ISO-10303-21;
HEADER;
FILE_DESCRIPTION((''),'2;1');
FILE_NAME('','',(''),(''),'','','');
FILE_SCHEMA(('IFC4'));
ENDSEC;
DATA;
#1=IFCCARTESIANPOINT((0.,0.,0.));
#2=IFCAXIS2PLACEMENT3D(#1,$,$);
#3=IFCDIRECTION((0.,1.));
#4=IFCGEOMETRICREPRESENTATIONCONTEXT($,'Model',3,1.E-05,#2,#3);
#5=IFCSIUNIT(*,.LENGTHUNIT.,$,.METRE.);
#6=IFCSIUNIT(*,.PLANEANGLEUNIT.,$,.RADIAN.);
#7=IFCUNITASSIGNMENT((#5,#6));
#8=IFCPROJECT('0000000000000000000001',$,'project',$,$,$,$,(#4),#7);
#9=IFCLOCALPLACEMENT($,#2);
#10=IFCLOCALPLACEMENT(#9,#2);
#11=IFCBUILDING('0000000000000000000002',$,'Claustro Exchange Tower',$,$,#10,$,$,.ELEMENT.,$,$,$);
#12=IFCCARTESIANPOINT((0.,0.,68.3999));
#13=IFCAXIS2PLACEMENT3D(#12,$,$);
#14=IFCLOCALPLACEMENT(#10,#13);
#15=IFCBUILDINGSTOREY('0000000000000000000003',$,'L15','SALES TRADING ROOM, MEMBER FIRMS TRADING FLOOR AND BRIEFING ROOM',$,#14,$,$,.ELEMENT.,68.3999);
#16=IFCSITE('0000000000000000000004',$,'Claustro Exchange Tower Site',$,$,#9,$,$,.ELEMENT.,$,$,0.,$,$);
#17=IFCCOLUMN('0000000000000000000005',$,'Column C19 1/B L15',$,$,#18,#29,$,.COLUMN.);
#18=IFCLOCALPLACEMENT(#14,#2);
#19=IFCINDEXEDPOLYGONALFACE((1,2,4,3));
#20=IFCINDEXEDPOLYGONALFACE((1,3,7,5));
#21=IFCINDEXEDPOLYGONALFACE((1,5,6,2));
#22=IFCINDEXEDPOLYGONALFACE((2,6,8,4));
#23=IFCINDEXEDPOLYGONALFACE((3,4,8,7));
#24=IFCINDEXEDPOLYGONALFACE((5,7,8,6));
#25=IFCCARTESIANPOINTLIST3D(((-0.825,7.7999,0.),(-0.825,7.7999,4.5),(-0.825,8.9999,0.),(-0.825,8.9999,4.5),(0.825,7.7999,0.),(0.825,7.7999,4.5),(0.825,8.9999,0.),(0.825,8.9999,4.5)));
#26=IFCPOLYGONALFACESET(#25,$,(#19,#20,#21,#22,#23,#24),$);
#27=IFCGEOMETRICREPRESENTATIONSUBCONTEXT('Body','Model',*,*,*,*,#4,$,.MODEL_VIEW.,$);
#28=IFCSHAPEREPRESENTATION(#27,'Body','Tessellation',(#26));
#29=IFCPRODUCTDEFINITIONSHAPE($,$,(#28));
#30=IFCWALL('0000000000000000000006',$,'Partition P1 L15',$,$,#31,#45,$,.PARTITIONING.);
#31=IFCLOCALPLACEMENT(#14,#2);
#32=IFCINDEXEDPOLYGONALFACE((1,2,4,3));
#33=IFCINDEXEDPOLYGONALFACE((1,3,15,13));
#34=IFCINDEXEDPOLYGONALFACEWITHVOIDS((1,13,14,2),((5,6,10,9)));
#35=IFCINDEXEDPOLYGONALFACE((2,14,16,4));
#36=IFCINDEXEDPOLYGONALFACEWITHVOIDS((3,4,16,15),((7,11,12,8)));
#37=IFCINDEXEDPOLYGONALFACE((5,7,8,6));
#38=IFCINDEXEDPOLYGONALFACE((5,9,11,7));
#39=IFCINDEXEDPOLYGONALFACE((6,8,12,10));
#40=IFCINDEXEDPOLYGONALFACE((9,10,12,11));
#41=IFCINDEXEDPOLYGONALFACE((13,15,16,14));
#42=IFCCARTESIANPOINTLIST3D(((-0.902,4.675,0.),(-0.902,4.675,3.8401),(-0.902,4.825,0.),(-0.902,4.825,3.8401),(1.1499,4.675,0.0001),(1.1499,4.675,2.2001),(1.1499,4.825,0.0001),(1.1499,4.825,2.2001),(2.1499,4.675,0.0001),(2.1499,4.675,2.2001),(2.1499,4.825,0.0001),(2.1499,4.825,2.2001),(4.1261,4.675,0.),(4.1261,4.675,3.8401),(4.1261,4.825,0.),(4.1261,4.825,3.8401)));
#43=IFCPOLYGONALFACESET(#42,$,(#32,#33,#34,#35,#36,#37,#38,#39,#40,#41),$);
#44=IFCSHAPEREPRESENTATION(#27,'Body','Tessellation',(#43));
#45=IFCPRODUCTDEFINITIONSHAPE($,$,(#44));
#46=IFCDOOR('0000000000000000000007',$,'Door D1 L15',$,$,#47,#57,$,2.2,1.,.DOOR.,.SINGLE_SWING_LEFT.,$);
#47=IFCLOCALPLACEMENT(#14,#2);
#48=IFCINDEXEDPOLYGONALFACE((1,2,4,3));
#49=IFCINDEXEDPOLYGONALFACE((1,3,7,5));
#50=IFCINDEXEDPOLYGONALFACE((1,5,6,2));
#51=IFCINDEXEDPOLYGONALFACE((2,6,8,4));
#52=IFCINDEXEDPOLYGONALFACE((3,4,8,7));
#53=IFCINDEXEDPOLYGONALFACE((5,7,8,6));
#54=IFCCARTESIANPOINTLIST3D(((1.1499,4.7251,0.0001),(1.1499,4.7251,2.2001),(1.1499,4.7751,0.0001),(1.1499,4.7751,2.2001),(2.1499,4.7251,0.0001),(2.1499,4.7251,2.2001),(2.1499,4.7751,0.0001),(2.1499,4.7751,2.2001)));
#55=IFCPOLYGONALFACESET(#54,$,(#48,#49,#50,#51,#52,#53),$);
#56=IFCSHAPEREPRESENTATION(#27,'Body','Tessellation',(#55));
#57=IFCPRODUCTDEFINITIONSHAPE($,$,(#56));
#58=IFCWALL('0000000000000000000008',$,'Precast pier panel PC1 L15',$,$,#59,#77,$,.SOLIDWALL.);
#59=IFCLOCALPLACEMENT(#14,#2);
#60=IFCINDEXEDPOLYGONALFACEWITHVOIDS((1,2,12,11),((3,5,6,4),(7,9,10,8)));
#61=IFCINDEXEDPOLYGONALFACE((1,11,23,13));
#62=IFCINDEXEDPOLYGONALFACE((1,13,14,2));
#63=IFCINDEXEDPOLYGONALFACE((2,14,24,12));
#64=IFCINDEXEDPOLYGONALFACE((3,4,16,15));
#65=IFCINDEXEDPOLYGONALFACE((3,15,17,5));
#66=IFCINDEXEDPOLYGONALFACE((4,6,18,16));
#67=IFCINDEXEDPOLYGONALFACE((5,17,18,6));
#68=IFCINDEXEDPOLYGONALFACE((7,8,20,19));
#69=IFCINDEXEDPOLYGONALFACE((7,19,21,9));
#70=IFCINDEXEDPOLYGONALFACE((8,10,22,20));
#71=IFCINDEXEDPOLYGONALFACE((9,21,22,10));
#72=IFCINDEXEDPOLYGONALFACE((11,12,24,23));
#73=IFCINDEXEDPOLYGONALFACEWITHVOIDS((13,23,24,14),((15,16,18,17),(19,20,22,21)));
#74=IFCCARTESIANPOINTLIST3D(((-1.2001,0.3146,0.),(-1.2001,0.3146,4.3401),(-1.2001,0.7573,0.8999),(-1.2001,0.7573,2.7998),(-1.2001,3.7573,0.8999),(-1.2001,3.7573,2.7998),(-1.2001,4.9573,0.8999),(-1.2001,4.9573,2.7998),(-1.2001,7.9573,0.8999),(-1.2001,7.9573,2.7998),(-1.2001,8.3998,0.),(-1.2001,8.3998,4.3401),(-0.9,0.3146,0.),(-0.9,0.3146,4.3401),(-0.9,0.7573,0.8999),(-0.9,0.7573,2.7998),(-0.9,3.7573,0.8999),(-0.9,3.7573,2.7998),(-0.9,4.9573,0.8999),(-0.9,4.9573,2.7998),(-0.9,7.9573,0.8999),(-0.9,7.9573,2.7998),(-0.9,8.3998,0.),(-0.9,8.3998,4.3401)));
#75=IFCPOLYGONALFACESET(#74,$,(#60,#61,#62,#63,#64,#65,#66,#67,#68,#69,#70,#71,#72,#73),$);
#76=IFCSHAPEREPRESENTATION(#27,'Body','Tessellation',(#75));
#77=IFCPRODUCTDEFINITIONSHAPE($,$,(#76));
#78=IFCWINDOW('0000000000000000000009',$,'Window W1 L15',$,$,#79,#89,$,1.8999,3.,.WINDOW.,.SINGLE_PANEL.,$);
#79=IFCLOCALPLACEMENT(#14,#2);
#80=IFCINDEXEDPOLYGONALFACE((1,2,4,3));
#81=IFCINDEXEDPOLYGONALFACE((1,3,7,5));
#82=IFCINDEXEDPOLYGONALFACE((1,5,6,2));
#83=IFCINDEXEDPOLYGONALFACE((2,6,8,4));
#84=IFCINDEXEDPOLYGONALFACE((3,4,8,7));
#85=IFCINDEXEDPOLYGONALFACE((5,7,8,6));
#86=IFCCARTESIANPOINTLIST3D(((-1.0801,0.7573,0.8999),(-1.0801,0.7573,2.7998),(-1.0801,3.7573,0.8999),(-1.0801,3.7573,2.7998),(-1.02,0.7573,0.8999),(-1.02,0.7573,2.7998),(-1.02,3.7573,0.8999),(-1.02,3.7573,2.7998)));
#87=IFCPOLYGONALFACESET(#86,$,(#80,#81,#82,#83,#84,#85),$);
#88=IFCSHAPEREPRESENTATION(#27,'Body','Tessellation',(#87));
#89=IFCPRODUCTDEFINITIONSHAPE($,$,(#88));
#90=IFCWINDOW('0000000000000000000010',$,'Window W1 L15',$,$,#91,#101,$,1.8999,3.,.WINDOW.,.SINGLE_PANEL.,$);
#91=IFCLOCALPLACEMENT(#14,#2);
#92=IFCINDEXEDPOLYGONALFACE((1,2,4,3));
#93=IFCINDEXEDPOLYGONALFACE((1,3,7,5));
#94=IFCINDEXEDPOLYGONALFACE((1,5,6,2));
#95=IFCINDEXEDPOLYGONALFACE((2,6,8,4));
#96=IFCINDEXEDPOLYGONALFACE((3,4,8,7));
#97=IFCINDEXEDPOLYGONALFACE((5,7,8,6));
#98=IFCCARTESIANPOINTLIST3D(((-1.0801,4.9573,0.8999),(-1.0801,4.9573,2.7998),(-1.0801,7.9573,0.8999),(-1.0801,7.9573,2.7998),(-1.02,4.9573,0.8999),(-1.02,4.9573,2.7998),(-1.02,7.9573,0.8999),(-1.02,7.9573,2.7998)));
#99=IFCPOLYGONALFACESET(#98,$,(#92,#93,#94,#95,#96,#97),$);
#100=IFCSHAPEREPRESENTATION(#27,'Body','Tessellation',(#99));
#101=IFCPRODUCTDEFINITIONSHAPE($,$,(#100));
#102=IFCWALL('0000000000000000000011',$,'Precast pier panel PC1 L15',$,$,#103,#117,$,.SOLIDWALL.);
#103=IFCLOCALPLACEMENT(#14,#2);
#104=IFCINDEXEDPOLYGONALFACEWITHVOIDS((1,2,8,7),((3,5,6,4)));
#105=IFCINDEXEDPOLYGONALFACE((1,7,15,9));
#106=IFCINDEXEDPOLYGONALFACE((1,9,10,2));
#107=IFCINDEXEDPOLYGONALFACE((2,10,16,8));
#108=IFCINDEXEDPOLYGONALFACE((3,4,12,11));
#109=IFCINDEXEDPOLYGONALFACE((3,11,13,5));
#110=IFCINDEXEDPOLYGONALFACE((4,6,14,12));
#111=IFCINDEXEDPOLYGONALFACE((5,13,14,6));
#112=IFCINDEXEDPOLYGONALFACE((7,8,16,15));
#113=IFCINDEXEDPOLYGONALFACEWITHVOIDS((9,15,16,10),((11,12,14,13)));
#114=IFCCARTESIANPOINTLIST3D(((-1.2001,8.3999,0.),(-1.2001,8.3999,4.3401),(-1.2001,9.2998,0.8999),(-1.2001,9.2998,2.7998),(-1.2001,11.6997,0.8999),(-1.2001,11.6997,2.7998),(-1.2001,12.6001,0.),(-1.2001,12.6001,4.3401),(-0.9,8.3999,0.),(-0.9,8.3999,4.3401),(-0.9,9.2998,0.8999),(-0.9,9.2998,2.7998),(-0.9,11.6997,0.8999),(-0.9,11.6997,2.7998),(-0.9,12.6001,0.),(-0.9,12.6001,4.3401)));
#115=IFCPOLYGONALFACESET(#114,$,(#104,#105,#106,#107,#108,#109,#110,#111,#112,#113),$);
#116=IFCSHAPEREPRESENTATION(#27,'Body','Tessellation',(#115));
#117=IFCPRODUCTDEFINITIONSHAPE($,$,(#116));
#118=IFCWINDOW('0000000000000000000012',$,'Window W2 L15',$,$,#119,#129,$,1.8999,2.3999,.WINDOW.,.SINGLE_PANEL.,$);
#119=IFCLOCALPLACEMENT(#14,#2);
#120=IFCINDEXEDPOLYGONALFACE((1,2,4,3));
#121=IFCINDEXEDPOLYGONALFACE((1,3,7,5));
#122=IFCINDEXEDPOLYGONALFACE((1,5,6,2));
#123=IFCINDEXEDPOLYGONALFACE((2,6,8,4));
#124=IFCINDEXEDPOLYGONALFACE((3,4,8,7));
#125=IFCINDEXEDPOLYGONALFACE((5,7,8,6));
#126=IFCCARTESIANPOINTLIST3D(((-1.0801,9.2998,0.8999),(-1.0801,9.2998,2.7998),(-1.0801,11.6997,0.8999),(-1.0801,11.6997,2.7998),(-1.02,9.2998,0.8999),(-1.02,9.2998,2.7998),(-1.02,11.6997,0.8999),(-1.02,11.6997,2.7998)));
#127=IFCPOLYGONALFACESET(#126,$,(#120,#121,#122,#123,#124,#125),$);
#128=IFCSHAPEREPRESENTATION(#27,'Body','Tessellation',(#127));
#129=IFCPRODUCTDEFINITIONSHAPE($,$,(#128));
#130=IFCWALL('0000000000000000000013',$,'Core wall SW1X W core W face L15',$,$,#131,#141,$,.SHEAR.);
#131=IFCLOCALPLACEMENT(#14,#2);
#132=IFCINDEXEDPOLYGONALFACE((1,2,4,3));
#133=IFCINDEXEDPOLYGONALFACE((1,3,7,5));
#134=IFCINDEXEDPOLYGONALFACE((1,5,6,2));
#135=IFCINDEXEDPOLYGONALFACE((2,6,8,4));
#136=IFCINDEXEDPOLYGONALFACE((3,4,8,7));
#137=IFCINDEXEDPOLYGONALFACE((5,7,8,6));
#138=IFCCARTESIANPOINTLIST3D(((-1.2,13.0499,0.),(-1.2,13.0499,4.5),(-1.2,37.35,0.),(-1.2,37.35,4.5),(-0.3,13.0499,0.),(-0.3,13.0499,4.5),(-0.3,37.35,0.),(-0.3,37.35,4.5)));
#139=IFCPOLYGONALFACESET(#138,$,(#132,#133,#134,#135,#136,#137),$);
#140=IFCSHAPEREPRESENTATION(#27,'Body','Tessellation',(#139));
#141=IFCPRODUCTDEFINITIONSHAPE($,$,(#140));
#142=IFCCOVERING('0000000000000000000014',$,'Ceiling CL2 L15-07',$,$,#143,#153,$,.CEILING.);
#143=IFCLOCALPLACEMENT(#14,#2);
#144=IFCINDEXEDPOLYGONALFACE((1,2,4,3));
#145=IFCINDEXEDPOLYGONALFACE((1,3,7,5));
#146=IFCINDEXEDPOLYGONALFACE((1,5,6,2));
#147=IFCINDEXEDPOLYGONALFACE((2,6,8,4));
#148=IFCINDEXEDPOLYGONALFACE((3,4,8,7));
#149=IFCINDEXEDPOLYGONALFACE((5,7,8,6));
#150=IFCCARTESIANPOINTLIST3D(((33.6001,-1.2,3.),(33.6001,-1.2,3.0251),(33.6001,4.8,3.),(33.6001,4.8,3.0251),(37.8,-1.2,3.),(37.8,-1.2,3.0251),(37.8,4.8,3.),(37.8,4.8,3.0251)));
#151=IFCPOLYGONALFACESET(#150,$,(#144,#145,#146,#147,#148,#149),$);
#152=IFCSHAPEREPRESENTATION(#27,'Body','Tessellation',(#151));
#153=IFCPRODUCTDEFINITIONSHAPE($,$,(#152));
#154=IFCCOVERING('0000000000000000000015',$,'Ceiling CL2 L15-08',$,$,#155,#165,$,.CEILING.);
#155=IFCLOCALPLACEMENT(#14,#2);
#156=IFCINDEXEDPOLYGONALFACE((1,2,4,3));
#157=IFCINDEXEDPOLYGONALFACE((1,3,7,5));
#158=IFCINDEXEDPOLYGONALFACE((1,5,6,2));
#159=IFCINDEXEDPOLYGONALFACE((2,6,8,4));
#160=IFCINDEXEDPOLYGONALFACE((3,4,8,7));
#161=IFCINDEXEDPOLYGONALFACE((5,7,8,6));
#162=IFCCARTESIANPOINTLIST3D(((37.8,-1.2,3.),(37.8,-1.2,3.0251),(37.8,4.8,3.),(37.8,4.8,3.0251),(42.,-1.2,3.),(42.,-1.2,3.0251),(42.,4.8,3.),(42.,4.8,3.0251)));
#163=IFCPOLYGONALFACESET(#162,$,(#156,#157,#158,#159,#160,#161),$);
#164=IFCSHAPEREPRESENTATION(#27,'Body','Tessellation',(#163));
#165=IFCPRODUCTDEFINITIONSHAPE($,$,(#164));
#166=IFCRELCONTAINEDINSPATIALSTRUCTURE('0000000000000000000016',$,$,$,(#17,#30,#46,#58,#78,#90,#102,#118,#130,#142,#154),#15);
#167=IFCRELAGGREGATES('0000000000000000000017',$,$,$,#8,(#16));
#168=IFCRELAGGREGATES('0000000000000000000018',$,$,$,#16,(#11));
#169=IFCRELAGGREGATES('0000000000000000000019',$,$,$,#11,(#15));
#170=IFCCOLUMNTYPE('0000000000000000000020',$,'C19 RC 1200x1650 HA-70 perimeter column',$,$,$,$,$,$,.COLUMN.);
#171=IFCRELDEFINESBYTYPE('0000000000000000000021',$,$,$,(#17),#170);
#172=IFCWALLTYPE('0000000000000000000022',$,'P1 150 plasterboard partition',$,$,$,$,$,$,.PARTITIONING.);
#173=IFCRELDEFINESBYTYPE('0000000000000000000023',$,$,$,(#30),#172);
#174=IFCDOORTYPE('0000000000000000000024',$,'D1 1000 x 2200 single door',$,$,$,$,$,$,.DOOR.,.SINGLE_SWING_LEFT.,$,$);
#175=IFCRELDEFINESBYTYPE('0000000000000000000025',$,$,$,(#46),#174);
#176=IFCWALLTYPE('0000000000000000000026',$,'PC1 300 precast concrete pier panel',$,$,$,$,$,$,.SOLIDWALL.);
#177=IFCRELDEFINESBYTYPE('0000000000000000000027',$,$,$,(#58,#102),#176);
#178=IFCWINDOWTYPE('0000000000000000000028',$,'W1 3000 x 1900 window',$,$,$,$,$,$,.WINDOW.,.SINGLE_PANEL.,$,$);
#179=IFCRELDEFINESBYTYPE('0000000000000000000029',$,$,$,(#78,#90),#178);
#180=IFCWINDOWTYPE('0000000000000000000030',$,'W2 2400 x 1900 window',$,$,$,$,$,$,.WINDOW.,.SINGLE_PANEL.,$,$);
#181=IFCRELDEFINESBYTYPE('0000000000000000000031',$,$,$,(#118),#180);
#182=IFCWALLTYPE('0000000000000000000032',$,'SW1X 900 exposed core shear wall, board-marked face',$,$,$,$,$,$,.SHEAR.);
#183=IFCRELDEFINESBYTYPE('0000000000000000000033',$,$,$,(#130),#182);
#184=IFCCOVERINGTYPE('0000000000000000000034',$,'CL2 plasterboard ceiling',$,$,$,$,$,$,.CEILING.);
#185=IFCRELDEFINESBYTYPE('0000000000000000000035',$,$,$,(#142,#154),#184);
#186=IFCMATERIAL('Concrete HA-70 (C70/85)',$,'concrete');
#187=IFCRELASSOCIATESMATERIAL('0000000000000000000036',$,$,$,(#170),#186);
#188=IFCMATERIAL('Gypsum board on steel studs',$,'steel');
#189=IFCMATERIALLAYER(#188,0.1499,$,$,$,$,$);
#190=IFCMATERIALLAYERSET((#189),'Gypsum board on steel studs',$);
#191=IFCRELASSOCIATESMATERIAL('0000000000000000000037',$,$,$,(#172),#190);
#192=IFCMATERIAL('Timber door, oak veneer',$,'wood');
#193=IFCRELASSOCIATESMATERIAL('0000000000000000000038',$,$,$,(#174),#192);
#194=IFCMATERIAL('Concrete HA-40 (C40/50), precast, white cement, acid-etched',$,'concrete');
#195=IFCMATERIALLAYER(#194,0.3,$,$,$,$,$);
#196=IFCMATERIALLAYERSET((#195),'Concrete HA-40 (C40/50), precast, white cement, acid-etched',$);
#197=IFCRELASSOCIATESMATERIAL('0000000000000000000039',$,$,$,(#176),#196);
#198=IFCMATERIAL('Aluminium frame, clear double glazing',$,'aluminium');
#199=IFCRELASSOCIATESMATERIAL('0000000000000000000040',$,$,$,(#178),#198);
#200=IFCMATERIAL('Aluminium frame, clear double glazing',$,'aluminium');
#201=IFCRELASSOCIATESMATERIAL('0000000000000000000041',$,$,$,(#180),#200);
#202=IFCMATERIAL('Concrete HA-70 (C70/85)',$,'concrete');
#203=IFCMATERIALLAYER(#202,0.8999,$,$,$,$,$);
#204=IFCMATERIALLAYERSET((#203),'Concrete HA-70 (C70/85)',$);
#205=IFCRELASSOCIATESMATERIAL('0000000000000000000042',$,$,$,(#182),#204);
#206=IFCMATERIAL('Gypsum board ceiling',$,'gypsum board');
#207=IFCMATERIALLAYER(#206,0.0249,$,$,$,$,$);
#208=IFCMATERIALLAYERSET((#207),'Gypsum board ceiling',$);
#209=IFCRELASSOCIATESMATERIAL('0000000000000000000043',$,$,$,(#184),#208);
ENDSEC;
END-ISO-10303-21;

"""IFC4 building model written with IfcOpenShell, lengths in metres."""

from ifc_helpers import new_model, si_unit, direction, frame, frame_2d, origin, origin_2d, place, context, subcontext, project, spatial, polyline, rectangle, outline, extrude, material, layer, layer_set, material_profile, profile_set, type_object, element, fill, save


model = new_model("IFC4")

# Units and contexts
model_context = context("Model", 3, precision=1e-05, world=origin(), true_north=direction((0.0, 1.0)))
body_context = subcontext(model_context, "Body", "Model", "MODEL_VIEW")
ifc_project = project(units=[si_unit("LENGTHUNIT", "METRE"), si_unit("PLANEANGLEUNIT", "RADIAN")], contexts=[model_context])

# Site, building, storey
site_placement = place(None, origin())
site = spatial("IfcSite", under=ifc_project, at=site_placement, Name="Claustro Exchange Tower Site", CompositionType="ELEMENT", RefElevation=0.0)
building_placement = place(site_placement, origin())
building = spatial("IfcBuilding", under=site, at=building_placement, Name="Claustro Exchange Tower", CompositionType="ELEMENT")
storey_placement = place(building_placement, frame((0.0, 0.0, 68.3999)))
storey = spatial("IfcBuildingStorey", under=building, at=storey_placement, Name="L15", Description="SALES TRADING ROOM, MEMBER FIRMS TRADING FLOOR AND BRIEFING ROOM", CompositionType="ELEMENT", Elevation=68.3999)

# Column
ifc_material_1 = material(Name="Concrete HA-70 (C70/85)", Category="concrete")
ifc_material_profile = material_profile(ifc_material_1, rectangle(XDim=1.2, YDim=1.6499, at=origin_2d()), Name="RC 1200x1650")
ifc_profile_set = profile_set([ifc_material_profile], Name="Concrete HA-70 (C70/85)")
column_type = type_object("IfcColumnType", Name="C19 RC 1200x1650 HA-70 perimeter column", PredefinedType="COLUMN", material=ifc_profile_set)
column_placement = place(storey_placement, frame((0.0, 8.3999, 0.0), z_axis=(0.0, 0.0, 1.0), x_axis=(0.0, 1.0, 0.0)))
element("IfcColumn", 1, at=column_placement, inside=storey, type_object=column_type, Name="Column C19 1/B L15", PredefinedType="COLUMN", context=body_context, shape_type="SweptSolid", body=[
    extrude(rectangle(XDim=1.2, YDim=1.6499, at=origin_2d()), origin(), (0.0, 0.0, 1.0), 4.5),
])

# Wall, opening, door
ifc_material_2 = material(Name="Gypsum board on steel studs", Category="steel")
ifc_layer_1 = layer(ifc_material_2, 0.1499)
ifc_layer_set_1 = layer_set([ifc_layer_1], Name="Gypsum board on steel studs")
wall_type_1 = type_object("IfcWallType", Name="P1 150 plasterboard partition", PredefinedType="PARTITIONING", material=ifc_layer_set_1)
wall_1_placement = place(storey_placement, frame((-0.9021, 4.75, 0.0), z_axis=(0.0, 0.0, 1.0), x_axis=(1.0, 0.0, 0.0)))
wall_1 = element("IfcWall", 2, at=wall_1_placement, inside=storey, type_object=wall_type_1, Name="Partition P1 L15", PredefinedType="PARTITIONING", context=body_context, shape_type="SweptSolid", body=[
    extrude(rectangle(XDim=5.0281, YDim=0.1499, at=frame_2d((2.5142, 0.0))), origin(), (0.0, 0.0, 1.0), 3.8401),
])
opening_1_placement = place(wall_1_placement, frame((2.052, 0.0, 0.0)))
opening_1 = element("IfcOpeningElement", 3, at=opening_1_placement, cuts=wall_1, PredefinedType="OPENING", context=body_context, shape_type="SweptSolid", body=[
    extrude(rectangle(XDim=1.0, YDim=2.2, at=frame_2d((0.5, 1.1001))), frame((0.0, 0.085, 0.0), z_axis=(0.0, -1.0, 0.0), x_axis=(1.0, 0.0, 0.0)), (0.0, 0.0, 1.0), 0.1699),
])
ifc_material_3 = material(Name="Timber door, oak veneer", Category="wood")
door_type_1 = type_object("IfcDoorType", Name="D1 1000 x 2200 single door", OperationType="SINGLE_SWING_LEFT", PredefinedType="DOOR", material=ifc_material_3)
door_1_placement = place(opening_1_placement, frame((1.0, 0.0, 0.0), z_axis=(0.0, 0.0, 1.0), x_axis=(-1.0, 0.0, 0.0)))
door_1 = element("IfcDoor", 4, at=door_1_placement, inside=storey, type_object=door_type_1, Name="Door D1 L15", OperationType="SINGLE_SWING_LEFT", OverallHeight=2.2, OverallWidth=1.0, PredefinedType="DOOR", context=body_context, shape_type="SweptSolid", body=[
    extrude(rectangle(XDim=1.0, YDim=2.2, at=frame_2d((0.5, 1.1001))), frame((0.0, 0.0249, 0.0), z_axis=(0.0, -1.0, 0.0), x_axis=(1.0, 0.0, 0.0)), (0.0, 0.0, 1.0), 0.05),
])
fill(opening_1, door_1)

# Wall, openings, windows
ifc_material_4 = material(Name="Concrete HA-40 (C40/50), precast, white cement, acid-etched", Category="concrete")
ifc_layer_2 = layer(ifc_material_4, 0.3)
ifc_layer_set_2 = layer_set([ifc_layer_2], Name="Concrete HA-40 (C40/50), precast, white cement, acid-etched")
wall_type_2 = type_object("IfcWallType", Name="PC1 300 precast concrete pier panel", PredefinedType="SOLIDWALL", material=ifc_layer_set_2)
wall_2_placement = place(storey_placement, frame((-1.05, 0.3147, 0.0), z_axis=(0.0, 0.0, 1.0), x_axis=(0.0, 1.0, 0.0)))
wall_2 = element("IfcWall", 5, at=wall_2_placement, inside=storey, type_object=wall_type_2, Name="Precast pier panel PC1 L15", PredefinedType="SOLIDWALL", context=body_context, shape_type="SweptSolid", body=[
    extrude(rectangle(XDim=8.0852, YDim=0.3, at=frame_2d((4.0425, 0.0))), origin(), (0.0, 0.0, 1.0), 4.3401),
])
opening_2_placement = place(wall_2_placement, frame((0.4426, 0.0, 0.8999)))
opening_2 = element("IfcOpeningElement", 6, at=opening_2_placement, cuts=wall_2, PredefinedType="OPENING", context=body_context, shape_type="SweptSolid", body=[
    extrude(rectangle(XDim=3.0, YDim=1.8999, at=frame_2d((1.5, 0.95))), frame((0.0, 0.1599, 0.0), z_axis=(0.0, -1.0, 0.0), x_axis=(1.0, 0.0, 0.0)), (0.0, 0.0, 1.0), 0.3201),
])
opening_3_placement = place(wall_2_placement, frame((4.6426, 0.0, 0.8999)))
opening_3 = element("IfcOpeningElement", 7, at=opening_3_placement, cuts=wall_2, PredefinedType="OPENING", context=body_context, shape_type="SweptSolid", body=[
    extrude(rectangle(XDim=3.0, YDim=1.8999, at=frame_2d((1.5, 0.95))), frame((0.0, 0.1599, 0.0), z_axis=(0.0, -1.0, 0.0), x_axis=(1.0, 0.0, 0.0)), (0.0, 0.0, 1.0), 0.3201),
])
ifc_material_5 = material(Name="Aluminium frame, clear double glazing", Category="aluminium")
window_type_1 = type_object("IfcWindowType", Name="W1 3000 x 1900 window", PartitioningType="SINGLE_PANEL", PredefinedType="WINDOW", material=ifc_material_5)
window_1_placement = place(opening_2_placement, origin())
window_1 = element("IfcWindow", 8, at=window_1_placement, inside=storey, type_object=window_type_1, Name="Window W1 L15", OverallHeight=1.8999, OverallWidth=3.0, PartitioningType="SINGLE_PANEL", PredefinedType="WINDOW", context=body_context, shape_type="SweptSolid", body=[
    extrude(rectangle(XDim=3.0, YDim=1.8999, at=frame_2d((1.5, 0.95))), frame((0.0, 0.03, 0.0), z_axis=(0.0, -1.0, 0.0), x_axis=(1.0, 0.0, 0.0)), (0.0, 0.0, 1.0), 0.0601),
])
fill(opening_2, window_1)
window_2_placement = place(opening_3_placement, origin())
window_2 = element("IfcWindow", 9, at=window_2_placement, inside=storey, type_object=window_type_1, Name="Window W1 L15", OverallHeight=1.8999, OverallWidth=3.0, PartitioningType="SINGLE_PANEL", PredefinedType="WINDOW", context=body_context, shape_type="SweptSolid", body=[
    extrude(rectangle(XDim=3.0, YDim=1.8999, at=frame_2d((1.5, 0.95))), frame((0.0, 0.03, 0.0), z_axis=(0.0, -1.0, 0.0), x_axis=(1.0, 0.0, 0.0)), (0.0, 0.0, 1.0), 0.0601),
])
fill(opening_3, window_2)

# Wall, opening, window
wall_3_placement = place(storey_placement, frame((-1.05, 8.3999, 0.0), z_axis=(0.0, 0.0, 1.0), x_axis=(0.0, 1.0, 0.0)))
wall_3 = element("IfcWall", 10, at=wall_3_placement, inside=storey, type_object=wall_type_2, Name="Precast pier panel PC1 L15", PredefinedType="SOLIDWALL", context=body_context, shape_type="SweptSolid", body=[
    extrude(rectangle(XDim=4.2002, YDim=0.3, at=frame_2d((2.1001, 0.0))), origin(), (0.0, 0.0, 1.0), 4.3401),
])
opening_4_placement = place(wall_3_placement, frame((0.8999, 0.0, 0.8999)))
opening_4 = element("IfcOpeningElement", 11, at=opening_4_placement, cuts=wall_3, PredefinedType="OPENING", context=body_context, shape_type="SweptSolid", body=[
    extrude(rectangle(XDim=2.3999, YDim=1.8999, at=frame_2d((1.2, 0.95))), frame((0.0, 0.1599, 0.0), z_axis=(0.0, -1.0, 0.0), x_axis=(1.0, 0.0, 0.0)), (0.0, 0.0, 1.0), 0.3201),
])
ifc_material_6 = material(Name="Aluminium frame, clear double glazing", Category="aluminium")
window_type_2 = type_object("IfcWindowType", Name="W2 2400 x 1900 window", PartitioningType="SINGLE_PANEL", PredefinedType="WINDOW", material=ifc_material_6)
window_3_placement = place(opening_4_placement, origin())
window_3 = element("IfcWindow", 12, at=window_3_placement, inside=storey, type_object=window_type_2, Name="Window W2 L15", OverallHeight=1.8999, OverallWidth=2.3999, PartitioningType="SINGLE_PANEL", PredefinedType="WINDOW", context=body_context, shape_type="SweptSolid", body=[
    extrude(rectangle(XDim=2.3999, YDim=1.8999, at=frame_2d((1.2, 0.95))), frame((0.0, 0.03, 0.0), z_axis=(0.0, -1.0, 0.0), x_axis=(1.0, 0.0, 0.0)), (0.0, 0.0, 1.0), 0.0601),
])
fill(opening_4, window_3)

# Wall
ifc_material_7 = material(Name="Concrete HA-70 (C70/85)", Category="concrete")
ifc_layer_3 = layer(ifc_material_7, 0.8999)
ifc_layer_set_3 = layer_set([ifc_layer_3], Name="Concrete HA-70 (C70/85)")
wall_type_3 = type_object("IfcWallType", Name="SW1X 900 exposed core shear wall, board-marked face", PredefinedType="SHEAR", material=ifc_layer_set_3)
wall_4_placement = place(storey_placement, frame((-0.75, 13.05, 0.0), z_axis=(0.0, 0.0, 1.0), x_axis=(0.0, 1.0, 0.0)))
element("IfcWall", 13, at=wall_4_placement, inside=storey, type_object=wall_type_3, Name="Core wall SW1X W core W face L15", PredefinedType="SHEAR", context=body_context, shape_type="SweptSolid", body=[
    extrude(rectangle(XDim=24.3, YDim=0.8999, at=frame_2d((12.1499, 0.0))), origin(), (0.0, 0.0, 1.0), 4.5),
])

# Coverings
ifc_material_8 = material(Name="Gypsum board ceiling", Category="gypsum board")
ifc_layer_4 = layer(ifc_material_8, 0.0249)
ifc_layer_set_4 = layer_set([ifc_layer_4], Name="Gypsum board ceiling")
covering_type_1 = type_object("IfcCoveringType", Name="CL2 plasterboard ceiling", PredefinedType="CEILING", material=ifc_layer_set_4)
covering_1_placement = place(storey_placement, frame((0.0, 0.0, 3.0)))
element("IfcCovering", 14, at=covering_1_placement, inside=storey, type_object=covering_type_1, Name="Ceiling CL2 L15-07", PredefinedType="CEILING", context=body_context, shape_type="SweptSolid", body=[
    extrude(outline(polyline([(33.6001, -1.2), (37.8, -1.2), (37.8, 4.8), (33.6001, 4.8), (33.6001, -1.2)])), origin(), (0.0, 0.0, 1.0), 0.0251),
])
covering_2_placement = place(storey_placement, frame((0.0, 0.0, 3.0)))
element("IfcCovering", 15, at=covering_2_placement, inside=storey, type_object=covering_type_1, Name="Ceiling CL2 L15-08", PredefinedType="CEILING", context=body_context, shape_type="SweptSolid", body=[
    extrude(outline(polyline([(37.8, -1.2), (42.0, -1.2), (42.0, 4.8), (37.8, 4.8), (37.8, -1.2)])), origin(), (0.0, 0.0, 1.0), 0.0251),
])

save(model, "model.ifc")
